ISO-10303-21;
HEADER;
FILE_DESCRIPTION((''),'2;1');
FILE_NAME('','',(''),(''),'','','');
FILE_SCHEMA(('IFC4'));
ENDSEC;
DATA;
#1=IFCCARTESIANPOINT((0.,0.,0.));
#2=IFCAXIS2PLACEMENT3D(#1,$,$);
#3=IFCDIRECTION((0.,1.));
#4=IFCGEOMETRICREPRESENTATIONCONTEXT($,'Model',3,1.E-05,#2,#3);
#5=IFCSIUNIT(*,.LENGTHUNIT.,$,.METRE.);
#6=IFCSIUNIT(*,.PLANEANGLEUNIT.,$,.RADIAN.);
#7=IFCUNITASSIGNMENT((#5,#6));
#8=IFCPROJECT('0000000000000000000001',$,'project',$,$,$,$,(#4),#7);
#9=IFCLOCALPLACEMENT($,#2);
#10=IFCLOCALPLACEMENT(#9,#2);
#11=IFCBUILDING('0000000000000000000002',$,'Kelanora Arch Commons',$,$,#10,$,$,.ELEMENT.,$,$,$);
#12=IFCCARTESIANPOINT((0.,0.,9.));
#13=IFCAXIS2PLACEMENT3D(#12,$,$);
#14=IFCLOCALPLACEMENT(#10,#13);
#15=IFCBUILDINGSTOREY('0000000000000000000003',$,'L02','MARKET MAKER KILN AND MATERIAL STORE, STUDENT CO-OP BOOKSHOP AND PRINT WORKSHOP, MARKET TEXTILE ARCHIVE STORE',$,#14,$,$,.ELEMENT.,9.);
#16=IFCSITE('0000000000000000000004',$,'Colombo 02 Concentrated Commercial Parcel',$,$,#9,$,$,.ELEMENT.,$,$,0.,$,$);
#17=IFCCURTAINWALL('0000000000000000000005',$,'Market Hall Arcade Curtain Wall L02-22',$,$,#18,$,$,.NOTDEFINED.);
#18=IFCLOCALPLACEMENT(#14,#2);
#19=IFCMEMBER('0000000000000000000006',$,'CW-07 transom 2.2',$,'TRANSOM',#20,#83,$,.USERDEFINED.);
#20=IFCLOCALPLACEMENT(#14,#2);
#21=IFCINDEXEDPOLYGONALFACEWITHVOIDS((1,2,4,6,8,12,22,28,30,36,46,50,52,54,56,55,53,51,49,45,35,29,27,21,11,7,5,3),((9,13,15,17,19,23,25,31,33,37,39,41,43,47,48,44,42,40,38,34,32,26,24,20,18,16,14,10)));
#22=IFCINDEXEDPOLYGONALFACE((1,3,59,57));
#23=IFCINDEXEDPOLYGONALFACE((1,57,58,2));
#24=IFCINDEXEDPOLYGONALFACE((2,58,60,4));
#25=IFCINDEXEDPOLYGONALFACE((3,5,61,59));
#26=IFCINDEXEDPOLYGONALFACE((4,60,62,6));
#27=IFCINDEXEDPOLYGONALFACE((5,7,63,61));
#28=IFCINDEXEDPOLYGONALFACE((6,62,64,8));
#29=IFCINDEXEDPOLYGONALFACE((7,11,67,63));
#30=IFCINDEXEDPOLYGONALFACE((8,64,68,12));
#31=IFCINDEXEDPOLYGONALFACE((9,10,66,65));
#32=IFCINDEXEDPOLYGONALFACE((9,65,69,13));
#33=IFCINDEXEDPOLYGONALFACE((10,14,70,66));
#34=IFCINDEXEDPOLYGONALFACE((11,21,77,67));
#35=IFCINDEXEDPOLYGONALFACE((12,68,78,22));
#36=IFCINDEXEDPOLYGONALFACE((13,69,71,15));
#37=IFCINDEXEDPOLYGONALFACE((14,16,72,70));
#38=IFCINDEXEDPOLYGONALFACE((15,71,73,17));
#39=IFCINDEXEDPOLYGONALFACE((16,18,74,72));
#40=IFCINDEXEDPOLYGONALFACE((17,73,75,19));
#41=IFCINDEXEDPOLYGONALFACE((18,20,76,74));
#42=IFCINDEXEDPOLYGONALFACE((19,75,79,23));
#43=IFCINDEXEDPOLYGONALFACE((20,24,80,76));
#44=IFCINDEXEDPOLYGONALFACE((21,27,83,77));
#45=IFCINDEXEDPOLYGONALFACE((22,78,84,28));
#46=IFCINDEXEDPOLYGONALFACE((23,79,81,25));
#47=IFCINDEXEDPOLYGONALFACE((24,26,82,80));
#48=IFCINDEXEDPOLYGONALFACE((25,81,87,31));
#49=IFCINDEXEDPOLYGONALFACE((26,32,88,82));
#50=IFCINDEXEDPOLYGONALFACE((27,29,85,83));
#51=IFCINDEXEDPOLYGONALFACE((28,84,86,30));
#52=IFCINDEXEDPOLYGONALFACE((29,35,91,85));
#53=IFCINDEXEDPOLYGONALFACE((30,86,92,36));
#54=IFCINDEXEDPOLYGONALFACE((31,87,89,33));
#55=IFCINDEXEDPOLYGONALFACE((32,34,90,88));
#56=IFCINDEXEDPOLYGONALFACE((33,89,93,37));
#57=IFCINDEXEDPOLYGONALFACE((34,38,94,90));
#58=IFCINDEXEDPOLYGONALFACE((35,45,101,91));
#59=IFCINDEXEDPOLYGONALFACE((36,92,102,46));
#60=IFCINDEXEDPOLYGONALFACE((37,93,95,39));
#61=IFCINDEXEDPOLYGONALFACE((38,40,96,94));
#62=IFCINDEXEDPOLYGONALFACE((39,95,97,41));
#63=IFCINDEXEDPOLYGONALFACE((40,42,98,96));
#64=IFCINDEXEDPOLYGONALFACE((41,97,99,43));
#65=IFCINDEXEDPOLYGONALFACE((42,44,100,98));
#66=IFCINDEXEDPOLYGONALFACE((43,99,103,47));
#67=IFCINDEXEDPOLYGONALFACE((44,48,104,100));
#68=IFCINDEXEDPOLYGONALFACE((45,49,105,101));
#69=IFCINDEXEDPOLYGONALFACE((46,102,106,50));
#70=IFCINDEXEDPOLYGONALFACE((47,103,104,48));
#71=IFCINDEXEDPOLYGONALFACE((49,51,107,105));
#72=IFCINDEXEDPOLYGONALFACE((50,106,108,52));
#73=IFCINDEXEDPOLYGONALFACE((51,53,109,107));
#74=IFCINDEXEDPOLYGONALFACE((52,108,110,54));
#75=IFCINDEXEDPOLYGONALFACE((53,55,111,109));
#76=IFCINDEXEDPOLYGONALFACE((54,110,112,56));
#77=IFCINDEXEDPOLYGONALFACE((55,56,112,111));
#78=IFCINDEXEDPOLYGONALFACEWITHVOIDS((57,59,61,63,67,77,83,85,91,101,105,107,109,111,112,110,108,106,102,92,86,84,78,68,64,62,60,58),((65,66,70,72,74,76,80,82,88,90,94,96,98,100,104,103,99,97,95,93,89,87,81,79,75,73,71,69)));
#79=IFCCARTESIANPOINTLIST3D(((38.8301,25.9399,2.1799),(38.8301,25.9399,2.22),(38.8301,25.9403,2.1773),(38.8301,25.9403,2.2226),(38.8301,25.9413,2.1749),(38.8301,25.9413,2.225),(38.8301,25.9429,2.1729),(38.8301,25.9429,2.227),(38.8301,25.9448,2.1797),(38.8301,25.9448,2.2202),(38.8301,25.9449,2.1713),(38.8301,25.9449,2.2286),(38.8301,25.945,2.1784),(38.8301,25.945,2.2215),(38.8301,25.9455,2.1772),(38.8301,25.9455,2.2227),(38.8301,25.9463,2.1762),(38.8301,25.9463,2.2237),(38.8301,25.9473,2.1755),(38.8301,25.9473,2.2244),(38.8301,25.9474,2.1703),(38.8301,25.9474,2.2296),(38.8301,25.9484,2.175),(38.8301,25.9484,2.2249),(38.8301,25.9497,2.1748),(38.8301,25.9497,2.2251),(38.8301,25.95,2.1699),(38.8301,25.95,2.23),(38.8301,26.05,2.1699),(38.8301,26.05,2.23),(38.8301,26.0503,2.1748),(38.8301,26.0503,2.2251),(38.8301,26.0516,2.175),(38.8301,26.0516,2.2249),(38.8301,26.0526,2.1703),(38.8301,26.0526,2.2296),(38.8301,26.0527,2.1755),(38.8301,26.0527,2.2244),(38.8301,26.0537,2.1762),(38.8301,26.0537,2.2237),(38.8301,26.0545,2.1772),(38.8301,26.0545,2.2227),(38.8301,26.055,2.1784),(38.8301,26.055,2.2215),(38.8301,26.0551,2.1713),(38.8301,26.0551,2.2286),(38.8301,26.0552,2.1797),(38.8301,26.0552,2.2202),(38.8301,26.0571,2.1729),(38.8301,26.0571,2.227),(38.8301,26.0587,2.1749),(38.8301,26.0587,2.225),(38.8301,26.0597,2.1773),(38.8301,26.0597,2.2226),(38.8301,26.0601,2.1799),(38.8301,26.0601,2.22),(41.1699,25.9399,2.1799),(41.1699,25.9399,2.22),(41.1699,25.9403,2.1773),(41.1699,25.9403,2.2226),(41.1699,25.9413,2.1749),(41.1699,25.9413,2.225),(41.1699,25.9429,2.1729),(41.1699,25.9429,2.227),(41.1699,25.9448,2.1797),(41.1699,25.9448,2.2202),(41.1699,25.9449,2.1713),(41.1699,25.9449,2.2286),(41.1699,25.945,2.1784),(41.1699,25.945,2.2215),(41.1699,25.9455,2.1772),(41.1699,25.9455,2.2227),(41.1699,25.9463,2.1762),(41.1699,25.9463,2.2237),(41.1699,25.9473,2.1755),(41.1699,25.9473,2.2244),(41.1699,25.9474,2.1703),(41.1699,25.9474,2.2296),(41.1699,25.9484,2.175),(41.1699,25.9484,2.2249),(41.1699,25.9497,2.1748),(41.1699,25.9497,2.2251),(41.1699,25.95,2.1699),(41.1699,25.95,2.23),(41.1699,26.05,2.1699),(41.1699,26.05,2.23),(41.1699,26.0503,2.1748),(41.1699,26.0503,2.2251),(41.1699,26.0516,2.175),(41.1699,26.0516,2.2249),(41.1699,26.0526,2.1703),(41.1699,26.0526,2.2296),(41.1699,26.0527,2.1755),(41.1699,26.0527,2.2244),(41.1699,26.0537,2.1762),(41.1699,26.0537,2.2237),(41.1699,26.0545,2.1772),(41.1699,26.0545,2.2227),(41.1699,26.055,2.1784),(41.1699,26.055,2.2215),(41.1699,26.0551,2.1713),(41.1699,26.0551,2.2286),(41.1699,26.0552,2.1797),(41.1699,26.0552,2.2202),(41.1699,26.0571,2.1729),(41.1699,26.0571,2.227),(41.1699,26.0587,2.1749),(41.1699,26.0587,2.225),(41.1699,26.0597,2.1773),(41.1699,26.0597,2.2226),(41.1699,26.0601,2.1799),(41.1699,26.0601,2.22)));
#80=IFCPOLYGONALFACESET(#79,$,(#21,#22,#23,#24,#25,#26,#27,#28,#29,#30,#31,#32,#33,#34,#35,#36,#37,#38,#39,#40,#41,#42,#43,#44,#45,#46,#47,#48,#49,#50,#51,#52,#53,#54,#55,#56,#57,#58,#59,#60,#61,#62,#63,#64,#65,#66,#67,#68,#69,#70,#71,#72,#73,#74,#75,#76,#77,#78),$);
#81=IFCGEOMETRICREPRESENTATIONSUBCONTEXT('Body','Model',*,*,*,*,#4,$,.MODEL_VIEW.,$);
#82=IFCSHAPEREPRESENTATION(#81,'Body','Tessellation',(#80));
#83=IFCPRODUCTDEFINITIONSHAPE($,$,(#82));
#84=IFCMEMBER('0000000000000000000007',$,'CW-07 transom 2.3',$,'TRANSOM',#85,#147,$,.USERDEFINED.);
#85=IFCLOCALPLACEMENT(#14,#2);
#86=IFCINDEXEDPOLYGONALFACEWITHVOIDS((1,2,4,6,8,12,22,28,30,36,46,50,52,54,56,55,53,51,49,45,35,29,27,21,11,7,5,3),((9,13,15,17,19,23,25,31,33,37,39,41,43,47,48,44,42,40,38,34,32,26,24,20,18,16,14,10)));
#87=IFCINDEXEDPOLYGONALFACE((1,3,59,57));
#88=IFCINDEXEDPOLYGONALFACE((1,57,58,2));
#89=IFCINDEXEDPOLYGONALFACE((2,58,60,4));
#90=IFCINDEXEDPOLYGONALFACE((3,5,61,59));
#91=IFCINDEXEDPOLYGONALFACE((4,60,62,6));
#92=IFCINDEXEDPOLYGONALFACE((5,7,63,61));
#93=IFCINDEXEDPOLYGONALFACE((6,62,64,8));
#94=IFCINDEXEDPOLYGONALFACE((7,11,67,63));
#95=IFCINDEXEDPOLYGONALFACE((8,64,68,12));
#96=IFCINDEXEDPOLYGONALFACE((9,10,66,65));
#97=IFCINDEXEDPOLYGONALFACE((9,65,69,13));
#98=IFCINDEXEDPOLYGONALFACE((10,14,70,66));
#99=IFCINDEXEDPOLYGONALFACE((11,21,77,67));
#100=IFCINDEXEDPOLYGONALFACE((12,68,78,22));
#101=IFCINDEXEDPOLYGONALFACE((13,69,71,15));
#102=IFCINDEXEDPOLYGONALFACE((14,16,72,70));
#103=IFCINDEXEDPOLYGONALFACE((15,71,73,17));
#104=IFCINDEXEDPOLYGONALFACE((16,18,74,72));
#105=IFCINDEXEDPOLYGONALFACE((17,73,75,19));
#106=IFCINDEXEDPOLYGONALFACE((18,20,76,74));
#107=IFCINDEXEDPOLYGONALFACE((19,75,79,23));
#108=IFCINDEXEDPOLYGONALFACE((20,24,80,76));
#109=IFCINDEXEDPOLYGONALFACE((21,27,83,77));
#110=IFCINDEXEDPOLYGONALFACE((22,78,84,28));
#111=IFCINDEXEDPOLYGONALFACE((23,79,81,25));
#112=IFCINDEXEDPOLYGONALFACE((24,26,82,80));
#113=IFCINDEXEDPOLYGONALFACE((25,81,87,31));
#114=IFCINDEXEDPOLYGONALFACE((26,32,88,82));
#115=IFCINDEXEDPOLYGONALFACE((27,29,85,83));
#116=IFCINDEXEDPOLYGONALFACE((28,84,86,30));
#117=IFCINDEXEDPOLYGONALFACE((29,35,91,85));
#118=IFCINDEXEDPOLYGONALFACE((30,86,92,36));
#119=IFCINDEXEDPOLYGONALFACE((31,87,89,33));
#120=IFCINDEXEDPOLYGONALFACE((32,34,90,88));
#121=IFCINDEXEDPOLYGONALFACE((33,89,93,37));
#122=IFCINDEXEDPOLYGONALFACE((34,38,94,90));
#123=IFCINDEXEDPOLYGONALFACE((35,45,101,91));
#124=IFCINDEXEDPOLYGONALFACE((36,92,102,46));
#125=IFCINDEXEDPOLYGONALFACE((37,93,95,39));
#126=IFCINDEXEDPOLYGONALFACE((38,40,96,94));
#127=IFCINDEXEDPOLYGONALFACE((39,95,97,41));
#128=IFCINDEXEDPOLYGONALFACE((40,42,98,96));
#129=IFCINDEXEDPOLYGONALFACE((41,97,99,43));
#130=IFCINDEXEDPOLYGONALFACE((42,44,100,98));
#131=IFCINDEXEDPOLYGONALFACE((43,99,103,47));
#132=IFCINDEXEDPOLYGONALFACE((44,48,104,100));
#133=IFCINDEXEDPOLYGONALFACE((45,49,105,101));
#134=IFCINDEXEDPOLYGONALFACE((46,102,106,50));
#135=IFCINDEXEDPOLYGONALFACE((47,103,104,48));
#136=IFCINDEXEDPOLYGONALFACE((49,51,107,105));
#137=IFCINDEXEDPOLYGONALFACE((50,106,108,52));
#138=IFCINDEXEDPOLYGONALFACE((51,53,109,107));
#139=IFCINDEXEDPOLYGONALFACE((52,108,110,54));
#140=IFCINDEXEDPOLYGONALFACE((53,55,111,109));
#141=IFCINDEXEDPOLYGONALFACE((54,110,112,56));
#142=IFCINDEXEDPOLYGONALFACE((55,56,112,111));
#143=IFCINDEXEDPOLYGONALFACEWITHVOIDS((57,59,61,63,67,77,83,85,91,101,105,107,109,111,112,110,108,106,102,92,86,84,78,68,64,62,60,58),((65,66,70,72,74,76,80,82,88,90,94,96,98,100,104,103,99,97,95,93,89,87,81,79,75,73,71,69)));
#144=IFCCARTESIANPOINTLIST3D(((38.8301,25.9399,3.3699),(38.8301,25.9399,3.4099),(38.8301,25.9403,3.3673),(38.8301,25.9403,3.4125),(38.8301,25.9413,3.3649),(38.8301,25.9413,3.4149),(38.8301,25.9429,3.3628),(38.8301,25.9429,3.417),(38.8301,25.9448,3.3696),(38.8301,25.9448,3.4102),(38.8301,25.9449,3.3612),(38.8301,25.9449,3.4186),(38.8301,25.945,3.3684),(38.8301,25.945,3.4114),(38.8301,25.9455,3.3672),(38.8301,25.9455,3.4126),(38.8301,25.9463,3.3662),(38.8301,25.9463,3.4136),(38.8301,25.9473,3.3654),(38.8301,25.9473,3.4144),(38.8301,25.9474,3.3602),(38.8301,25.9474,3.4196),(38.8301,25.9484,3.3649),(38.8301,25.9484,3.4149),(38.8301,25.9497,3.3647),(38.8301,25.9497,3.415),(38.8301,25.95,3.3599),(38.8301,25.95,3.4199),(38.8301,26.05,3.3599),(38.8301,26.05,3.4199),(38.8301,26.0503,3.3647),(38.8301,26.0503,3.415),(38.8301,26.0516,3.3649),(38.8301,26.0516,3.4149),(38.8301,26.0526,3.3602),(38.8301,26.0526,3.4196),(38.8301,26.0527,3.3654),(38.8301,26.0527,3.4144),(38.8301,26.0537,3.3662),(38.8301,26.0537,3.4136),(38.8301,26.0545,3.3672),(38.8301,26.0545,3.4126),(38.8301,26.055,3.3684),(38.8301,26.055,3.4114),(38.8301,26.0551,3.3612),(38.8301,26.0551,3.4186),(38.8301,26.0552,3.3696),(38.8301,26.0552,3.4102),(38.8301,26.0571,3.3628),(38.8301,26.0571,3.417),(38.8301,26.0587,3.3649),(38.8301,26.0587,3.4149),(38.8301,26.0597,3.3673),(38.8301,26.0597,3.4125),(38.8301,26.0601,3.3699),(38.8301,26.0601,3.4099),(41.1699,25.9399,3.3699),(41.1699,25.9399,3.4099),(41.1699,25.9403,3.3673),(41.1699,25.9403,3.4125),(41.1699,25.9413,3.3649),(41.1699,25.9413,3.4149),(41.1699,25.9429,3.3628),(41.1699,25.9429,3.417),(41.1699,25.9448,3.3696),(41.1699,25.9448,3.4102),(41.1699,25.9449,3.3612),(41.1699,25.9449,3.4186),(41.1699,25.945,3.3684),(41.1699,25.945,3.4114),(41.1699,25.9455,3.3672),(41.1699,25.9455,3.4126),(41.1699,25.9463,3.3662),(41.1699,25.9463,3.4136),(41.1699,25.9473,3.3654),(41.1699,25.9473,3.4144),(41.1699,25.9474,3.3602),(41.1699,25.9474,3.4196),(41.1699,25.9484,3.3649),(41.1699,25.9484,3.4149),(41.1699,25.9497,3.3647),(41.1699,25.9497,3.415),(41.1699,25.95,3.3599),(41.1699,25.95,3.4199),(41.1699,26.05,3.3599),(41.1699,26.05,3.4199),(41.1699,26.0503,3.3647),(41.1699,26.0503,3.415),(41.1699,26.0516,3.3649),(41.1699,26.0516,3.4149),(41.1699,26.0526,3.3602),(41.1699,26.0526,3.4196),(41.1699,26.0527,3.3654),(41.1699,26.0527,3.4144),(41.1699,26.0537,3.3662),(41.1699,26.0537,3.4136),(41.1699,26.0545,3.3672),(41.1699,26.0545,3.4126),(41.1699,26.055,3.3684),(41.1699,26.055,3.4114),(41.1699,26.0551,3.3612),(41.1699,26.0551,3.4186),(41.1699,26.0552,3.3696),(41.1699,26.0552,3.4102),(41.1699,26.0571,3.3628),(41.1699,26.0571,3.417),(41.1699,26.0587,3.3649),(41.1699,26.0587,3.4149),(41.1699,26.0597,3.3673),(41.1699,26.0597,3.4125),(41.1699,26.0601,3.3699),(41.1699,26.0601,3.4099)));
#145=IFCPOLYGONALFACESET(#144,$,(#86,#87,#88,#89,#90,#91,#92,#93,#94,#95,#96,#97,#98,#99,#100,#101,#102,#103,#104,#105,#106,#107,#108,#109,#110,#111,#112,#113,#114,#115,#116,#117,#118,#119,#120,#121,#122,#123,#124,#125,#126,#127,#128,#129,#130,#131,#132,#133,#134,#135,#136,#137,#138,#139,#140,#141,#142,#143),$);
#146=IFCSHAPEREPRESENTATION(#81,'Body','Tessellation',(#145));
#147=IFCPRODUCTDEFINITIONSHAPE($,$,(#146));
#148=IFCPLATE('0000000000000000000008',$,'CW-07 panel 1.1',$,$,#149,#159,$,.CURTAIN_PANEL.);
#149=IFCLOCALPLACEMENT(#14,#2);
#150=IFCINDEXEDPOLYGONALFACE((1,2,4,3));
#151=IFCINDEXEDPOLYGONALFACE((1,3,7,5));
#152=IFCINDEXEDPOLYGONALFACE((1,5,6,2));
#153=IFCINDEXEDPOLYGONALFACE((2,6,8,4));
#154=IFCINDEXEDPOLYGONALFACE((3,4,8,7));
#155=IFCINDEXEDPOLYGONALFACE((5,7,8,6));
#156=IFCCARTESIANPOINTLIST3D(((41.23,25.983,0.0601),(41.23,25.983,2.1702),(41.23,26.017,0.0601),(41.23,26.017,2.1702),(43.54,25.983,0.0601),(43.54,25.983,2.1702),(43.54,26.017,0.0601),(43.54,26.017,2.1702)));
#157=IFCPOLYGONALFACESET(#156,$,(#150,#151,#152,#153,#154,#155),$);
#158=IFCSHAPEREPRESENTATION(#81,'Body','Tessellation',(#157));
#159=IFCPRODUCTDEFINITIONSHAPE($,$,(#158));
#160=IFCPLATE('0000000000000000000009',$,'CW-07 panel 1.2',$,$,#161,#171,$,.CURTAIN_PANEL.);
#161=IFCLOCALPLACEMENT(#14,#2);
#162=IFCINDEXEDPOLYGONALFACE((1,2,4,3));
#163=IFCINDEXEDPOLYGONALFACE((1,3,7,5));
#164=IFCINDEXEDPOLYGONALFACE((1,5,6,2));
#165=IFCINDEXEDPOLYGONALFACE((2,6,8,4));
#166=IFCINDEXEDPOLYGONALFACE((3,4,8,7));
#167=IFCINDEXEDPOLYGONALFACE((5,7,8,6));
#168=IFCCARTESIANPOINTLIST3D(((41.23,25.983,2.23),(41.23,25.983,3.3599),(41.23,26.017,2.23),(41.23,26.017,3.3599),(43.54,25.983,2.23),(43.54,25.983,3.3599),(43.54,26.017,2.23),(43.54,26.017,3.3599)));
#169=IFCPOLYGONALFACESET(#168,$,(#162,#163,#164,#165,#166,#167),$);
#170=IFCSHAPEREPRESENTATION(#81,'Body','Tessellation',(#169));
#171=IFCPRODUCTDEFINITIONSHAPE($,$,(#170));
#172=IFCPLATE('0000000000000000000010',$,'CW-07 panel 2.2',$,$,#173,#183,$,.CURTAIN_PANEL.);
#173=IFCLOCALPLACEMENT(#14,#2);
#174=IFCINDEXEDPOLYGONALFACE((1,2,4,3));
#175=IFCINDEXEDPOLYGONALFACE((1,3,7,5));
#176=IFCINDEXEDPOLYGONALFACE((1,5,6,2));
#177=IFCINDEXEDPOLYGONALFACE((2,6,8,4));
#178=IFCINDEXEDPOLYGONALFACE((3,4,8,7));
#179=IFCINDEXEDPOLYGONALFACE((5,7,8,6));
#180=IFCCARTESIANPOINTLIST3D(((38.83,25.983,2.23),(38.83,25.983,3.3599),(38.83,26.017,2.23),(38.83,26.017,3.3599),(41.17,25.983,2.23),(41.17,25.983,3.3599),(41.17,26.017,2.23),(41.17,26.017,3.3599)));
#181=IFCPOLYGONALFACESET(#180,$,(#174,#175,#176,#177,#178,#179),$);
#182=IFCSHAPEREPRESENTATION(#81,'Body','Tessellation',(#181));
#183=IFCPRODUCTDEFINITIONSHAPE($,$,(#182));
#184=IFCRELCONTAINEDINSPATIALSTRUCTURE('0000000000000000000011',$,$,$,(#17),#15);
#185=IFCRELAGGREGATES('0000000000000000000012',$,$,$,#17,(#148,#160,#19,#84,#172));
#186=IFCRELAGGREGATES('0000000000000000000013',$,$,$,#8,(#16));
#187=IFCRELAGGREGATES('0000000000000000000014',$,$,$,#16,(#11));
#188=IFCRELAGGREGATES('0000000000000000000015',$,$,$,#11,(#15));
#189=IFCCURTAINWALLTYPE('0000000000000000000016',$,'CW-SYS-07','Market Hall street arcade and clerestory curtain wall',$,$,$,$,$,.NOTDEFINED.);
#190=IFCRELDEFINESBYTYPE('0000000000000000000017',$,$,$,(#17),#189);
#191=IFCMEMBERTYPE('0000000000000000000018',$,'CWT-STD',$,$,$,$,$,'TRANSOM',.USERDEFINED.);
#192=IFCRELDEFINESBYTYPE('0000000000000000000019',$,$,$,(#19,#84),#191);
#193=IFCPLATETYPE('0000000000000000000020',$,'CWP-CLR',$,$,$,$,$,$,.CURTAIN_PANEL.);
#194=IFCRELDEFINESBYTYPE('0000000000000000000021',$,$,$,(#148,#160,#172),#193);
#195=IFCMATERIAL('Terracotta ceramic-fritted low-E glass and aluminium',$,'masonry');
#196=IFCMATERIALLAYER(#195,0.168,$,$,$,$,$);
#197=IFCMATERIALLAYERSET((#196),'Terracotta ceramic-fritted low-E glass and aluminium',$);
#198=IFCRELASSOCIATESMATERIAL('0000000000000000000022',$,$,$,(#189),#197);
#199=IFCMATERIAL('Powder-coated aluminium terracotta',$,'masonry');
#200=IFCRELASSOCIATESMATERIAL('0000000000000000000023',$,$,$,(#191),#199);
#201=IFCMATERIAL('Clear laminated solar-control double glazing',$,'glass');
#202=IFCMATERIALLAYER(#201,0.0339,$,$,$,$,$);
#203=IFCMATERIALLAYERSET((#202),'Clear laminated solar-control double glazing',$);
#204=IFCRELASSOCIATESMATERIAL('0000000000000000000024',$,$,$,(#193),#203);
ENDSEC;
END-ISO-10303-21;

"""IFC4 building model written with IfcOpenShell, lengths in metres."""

from ifc_helpers import new_model, si_unit, direction, frame, origin, origin_2d, place, context, subcontext, project, spatial, rectangle, hollow_rectangle, extrude, source, transform, mapped, material, layer, layer_set, material_profile, profile_set, type_object, element, aggregate, save


model = new_model("IFC4")

# Units and contexts
model_context = context("Model", 3, precision=1e-05, world=origin(), true_north=direction((0.0, 1.0)))
body_context = subcontext(model_context, "Body", "Model", "MODEL_VIEW")
ifc_project = project(units=[si_unit("LENGTHUNIT", "METRE"), si_unit("PLANEANGLEUNIT", "RADIAN")], contexts=[model_context])

# Site, building, storey
site_placement = place(None, origin())
site = spatial("IfcSite", under=ifc_project, at=site_placement, Name="Colombo 02 Concentrated Commercial Parcel", CompositionType="ELEMENT", RefElevation=0.0)
building_placement = place(site_placement, origin())
building = spatial("IfcBuilding", under=site, at=building_placement, Name="Kelanora Arch Commons", CompositionType="ELEMENT")
storey_placement = place(building_placement, frame((0.0, 0.0, 9.0)))
storey = spatial("IfcBuildingStorey", under=building, at=storey_placement, Name="L02", Description="MARKET MAKER KILN AND MATERIAL STORE, STUDENT CO-OP BOOKSHOP AND PRINT WORKSHOP, MARKET TEXTILE ARCHIVE STORE", CompositionType="ELEMENT", Elevation=9.0)

# Curtain wall, members, plates
ifc_material_1 = material(Name="Terracotta ceramic-fritted low-E glass and aluminium", Category="masonry")
ifc_layer_1 = layer(ifc_material_1, 0.168)
ifc_layer_set_1 = layer_set([ifc_layer_1], Name="Terracotta ceramic-fritted low-E glass and aluminium")
curtain_wall_type = type_object("IfcCurtainWallType", Name="CW-SYS-07", Description="Market Hall street arcade and clerestory curtain wall", PredefinedType="NOTDEFINED", material=ifc_layer_set_1)
curtain_wall_placement = place(storey_placement, origin())
curtain_wall = element("IfcCurtainWall", 1, at=curtain_wall_placement, inside=storey, type_object=curtain_wall_type, Name="Market Hall Arcade Curtain Wall L02-22", PredefinedType="NOTDEFINED")
ifc_material_2 = material(Name="Powder-coated aluminium terracotta", Category="masonry")
ifc_material_profile_1 = material_profile(ifc_material_2, hollow_rectangle(XDim=0.1201, YDim=0.0601, WallThickness=0.0049, InnerFilletRadius=0.0049, OuterFilletRadius=0.01, at=origin_2d()), Name="CWT120x60")
ifc_profile_set_1 = profile_set([ifc_material_profile_1], Name="Powder-coated aluminium terracotta")
member_type_1 = type_object("IfcMemberType", Name="CWT-STD", ElementType="TRANSOM", PredefinedType="USERDEFINED", material=ifc_profile_set_1)
member_1_placement = place(storey_placement, frame((41.1699, 26.0, 2.2), z_axis=(-1.0, 0.0, 0.0), x_axis=(0.0, -1.0, 0.0)))
member_1 = element("IfcMember", 2, at=member_1_placement, type_object=member_type_1, Name="CW-07 transom 2.2", ObjectType="TRANSOM", PredefinedType="USERDEFINED", context=body_context, shape_type="SweptSolid", body=[
    extrude(hollow_rectangle(XDim=0.1201, YDim=0.0601, WallThickness=0.0049, InnerFilletRadius=0.0049, OuterFilletRadius=0.01, at=origin_2d()), origin(), (0.0, 0.0, 1.0), 2.3398),
])
member_2_placement = place(storey_placement, frame((41.1699, 26.0, 3.3899), z_axis=(-1.0, 0.0, 0.0), x_axis=(0.0, -1.0, 0.0)))
member_2 = element("IfcMember", 3, at=member_2_placement, type_object=member_type_1, Name="CW-07 transom 2.3", ObjectType="TRANSOM", PredefinedType="USERDEFINED", context=body_context, shape_type="SweptSolid", body=[
    extrude(hollow_rectangle(XDim=0.1201, YDim=0.0601, WallThickness=0.0049, InnerFilletRadius=0.0049, OuterFilletRadius=0.01, at=origin_2d()), origin(), (0.0, 0.0, 1.0), 2.3398),
])
ifc_material_3 = material(Name="Clear laminated solar-control double glazing", Category="glass")
ifc_layer_2 = layer(ifc_material_3, 0.0339)
ifc_layer_set_2 = layer_set([ifc_layer_2], Name="Clear laminated solar-control double glazing")
plate_type = type_object("IfcPlateType", Name="CWP-CLR", PredefinedType="CURTAIN_PANEL", material=ifc_layer_set_2)
shared_shape_1 = source(origin(), body_context, "Body", "SweptSolid", [
    extrude(rectangle(XDim=2.3101, YDim=0.0339, at=origin_2d()), origin(), (0.0, 0.0, 1.0), 2.1101),
])
plate_1_placement = place(storey_placement, frame((42.385, 26.0, 0.0601), z_axis=(0.0, 0.0, 1.0), x_axis=(-1.0, 0.0, 0.0)))
plate_1 = element("IfcPlate", 4, at=plate_1_placement, type_object=plate_type, Name="CW-07 panel 1.1", PredefinedType="CURTAIN_PANEL", context=body_context, shape_type="MappedRepresentation", body=[
    mapped(shared_shape_1, transform((0.0, 0.0, 0.0), scale=1.0)),
])
shared_shape_2 = source(origin(), body_context, "Body", "SweptSolid", [
    extrude(rectangle(XDim=2.3101, YDim=0.0339, at=origin_2d()), origin(), (0.0, 0.0, 1.0), 1.1299),
])
plate_2_placement = place(storey_placement, frame((42.385, 26.0, 2.23), z_axis=(0.0, 0.0, 1.0), x_axis=(-1.0, 0.0, 0.0)))
plate_2 = element("IfcPlate", 5, at=plate_2_placement, type_object=plate_type, Name="CW-07 panel 1.2", PredefinedType="CURTAIN_PANEL", context=body_context, shape_type="MappedRepresentation", body=[
    mapped(shared_shape_2, transform((0.0, 0.0, 0.0), scale=1.0)),
])
shared_shape_3 = source(origin(), body_context, "Body", "SweptSolid", [
    extrude(rectangle(XDim=2.3401, YDim=0.0339, at=origin_2d()), origin(), (0.0, 0.0, 1.0), 1.1299),
])
plate_3_placement = place(storey_placement, frame((40.0, 26.0, 2.23), z_axis=(0.0, 0.0, 1.0), x_axis=(-1.0, 0.0, 0.0)))
plate_3 = element("IfcPlate", 6, at=plate_3_placement, type_object=plate_type, Name="CW-07 panel 2.2", PredefinedType="CURTAIN_PANEL", context=body_context, shape_type="MappedRepresentation", body=[
    mapped(shared_shape_3, transform((0.0, 0.0, 0.0), scale=1.0)),
])
aggregate(curtain_wall, [plate_1, plate_2, member_1, member_2, plate_3])

save(model, "model.ifc")
